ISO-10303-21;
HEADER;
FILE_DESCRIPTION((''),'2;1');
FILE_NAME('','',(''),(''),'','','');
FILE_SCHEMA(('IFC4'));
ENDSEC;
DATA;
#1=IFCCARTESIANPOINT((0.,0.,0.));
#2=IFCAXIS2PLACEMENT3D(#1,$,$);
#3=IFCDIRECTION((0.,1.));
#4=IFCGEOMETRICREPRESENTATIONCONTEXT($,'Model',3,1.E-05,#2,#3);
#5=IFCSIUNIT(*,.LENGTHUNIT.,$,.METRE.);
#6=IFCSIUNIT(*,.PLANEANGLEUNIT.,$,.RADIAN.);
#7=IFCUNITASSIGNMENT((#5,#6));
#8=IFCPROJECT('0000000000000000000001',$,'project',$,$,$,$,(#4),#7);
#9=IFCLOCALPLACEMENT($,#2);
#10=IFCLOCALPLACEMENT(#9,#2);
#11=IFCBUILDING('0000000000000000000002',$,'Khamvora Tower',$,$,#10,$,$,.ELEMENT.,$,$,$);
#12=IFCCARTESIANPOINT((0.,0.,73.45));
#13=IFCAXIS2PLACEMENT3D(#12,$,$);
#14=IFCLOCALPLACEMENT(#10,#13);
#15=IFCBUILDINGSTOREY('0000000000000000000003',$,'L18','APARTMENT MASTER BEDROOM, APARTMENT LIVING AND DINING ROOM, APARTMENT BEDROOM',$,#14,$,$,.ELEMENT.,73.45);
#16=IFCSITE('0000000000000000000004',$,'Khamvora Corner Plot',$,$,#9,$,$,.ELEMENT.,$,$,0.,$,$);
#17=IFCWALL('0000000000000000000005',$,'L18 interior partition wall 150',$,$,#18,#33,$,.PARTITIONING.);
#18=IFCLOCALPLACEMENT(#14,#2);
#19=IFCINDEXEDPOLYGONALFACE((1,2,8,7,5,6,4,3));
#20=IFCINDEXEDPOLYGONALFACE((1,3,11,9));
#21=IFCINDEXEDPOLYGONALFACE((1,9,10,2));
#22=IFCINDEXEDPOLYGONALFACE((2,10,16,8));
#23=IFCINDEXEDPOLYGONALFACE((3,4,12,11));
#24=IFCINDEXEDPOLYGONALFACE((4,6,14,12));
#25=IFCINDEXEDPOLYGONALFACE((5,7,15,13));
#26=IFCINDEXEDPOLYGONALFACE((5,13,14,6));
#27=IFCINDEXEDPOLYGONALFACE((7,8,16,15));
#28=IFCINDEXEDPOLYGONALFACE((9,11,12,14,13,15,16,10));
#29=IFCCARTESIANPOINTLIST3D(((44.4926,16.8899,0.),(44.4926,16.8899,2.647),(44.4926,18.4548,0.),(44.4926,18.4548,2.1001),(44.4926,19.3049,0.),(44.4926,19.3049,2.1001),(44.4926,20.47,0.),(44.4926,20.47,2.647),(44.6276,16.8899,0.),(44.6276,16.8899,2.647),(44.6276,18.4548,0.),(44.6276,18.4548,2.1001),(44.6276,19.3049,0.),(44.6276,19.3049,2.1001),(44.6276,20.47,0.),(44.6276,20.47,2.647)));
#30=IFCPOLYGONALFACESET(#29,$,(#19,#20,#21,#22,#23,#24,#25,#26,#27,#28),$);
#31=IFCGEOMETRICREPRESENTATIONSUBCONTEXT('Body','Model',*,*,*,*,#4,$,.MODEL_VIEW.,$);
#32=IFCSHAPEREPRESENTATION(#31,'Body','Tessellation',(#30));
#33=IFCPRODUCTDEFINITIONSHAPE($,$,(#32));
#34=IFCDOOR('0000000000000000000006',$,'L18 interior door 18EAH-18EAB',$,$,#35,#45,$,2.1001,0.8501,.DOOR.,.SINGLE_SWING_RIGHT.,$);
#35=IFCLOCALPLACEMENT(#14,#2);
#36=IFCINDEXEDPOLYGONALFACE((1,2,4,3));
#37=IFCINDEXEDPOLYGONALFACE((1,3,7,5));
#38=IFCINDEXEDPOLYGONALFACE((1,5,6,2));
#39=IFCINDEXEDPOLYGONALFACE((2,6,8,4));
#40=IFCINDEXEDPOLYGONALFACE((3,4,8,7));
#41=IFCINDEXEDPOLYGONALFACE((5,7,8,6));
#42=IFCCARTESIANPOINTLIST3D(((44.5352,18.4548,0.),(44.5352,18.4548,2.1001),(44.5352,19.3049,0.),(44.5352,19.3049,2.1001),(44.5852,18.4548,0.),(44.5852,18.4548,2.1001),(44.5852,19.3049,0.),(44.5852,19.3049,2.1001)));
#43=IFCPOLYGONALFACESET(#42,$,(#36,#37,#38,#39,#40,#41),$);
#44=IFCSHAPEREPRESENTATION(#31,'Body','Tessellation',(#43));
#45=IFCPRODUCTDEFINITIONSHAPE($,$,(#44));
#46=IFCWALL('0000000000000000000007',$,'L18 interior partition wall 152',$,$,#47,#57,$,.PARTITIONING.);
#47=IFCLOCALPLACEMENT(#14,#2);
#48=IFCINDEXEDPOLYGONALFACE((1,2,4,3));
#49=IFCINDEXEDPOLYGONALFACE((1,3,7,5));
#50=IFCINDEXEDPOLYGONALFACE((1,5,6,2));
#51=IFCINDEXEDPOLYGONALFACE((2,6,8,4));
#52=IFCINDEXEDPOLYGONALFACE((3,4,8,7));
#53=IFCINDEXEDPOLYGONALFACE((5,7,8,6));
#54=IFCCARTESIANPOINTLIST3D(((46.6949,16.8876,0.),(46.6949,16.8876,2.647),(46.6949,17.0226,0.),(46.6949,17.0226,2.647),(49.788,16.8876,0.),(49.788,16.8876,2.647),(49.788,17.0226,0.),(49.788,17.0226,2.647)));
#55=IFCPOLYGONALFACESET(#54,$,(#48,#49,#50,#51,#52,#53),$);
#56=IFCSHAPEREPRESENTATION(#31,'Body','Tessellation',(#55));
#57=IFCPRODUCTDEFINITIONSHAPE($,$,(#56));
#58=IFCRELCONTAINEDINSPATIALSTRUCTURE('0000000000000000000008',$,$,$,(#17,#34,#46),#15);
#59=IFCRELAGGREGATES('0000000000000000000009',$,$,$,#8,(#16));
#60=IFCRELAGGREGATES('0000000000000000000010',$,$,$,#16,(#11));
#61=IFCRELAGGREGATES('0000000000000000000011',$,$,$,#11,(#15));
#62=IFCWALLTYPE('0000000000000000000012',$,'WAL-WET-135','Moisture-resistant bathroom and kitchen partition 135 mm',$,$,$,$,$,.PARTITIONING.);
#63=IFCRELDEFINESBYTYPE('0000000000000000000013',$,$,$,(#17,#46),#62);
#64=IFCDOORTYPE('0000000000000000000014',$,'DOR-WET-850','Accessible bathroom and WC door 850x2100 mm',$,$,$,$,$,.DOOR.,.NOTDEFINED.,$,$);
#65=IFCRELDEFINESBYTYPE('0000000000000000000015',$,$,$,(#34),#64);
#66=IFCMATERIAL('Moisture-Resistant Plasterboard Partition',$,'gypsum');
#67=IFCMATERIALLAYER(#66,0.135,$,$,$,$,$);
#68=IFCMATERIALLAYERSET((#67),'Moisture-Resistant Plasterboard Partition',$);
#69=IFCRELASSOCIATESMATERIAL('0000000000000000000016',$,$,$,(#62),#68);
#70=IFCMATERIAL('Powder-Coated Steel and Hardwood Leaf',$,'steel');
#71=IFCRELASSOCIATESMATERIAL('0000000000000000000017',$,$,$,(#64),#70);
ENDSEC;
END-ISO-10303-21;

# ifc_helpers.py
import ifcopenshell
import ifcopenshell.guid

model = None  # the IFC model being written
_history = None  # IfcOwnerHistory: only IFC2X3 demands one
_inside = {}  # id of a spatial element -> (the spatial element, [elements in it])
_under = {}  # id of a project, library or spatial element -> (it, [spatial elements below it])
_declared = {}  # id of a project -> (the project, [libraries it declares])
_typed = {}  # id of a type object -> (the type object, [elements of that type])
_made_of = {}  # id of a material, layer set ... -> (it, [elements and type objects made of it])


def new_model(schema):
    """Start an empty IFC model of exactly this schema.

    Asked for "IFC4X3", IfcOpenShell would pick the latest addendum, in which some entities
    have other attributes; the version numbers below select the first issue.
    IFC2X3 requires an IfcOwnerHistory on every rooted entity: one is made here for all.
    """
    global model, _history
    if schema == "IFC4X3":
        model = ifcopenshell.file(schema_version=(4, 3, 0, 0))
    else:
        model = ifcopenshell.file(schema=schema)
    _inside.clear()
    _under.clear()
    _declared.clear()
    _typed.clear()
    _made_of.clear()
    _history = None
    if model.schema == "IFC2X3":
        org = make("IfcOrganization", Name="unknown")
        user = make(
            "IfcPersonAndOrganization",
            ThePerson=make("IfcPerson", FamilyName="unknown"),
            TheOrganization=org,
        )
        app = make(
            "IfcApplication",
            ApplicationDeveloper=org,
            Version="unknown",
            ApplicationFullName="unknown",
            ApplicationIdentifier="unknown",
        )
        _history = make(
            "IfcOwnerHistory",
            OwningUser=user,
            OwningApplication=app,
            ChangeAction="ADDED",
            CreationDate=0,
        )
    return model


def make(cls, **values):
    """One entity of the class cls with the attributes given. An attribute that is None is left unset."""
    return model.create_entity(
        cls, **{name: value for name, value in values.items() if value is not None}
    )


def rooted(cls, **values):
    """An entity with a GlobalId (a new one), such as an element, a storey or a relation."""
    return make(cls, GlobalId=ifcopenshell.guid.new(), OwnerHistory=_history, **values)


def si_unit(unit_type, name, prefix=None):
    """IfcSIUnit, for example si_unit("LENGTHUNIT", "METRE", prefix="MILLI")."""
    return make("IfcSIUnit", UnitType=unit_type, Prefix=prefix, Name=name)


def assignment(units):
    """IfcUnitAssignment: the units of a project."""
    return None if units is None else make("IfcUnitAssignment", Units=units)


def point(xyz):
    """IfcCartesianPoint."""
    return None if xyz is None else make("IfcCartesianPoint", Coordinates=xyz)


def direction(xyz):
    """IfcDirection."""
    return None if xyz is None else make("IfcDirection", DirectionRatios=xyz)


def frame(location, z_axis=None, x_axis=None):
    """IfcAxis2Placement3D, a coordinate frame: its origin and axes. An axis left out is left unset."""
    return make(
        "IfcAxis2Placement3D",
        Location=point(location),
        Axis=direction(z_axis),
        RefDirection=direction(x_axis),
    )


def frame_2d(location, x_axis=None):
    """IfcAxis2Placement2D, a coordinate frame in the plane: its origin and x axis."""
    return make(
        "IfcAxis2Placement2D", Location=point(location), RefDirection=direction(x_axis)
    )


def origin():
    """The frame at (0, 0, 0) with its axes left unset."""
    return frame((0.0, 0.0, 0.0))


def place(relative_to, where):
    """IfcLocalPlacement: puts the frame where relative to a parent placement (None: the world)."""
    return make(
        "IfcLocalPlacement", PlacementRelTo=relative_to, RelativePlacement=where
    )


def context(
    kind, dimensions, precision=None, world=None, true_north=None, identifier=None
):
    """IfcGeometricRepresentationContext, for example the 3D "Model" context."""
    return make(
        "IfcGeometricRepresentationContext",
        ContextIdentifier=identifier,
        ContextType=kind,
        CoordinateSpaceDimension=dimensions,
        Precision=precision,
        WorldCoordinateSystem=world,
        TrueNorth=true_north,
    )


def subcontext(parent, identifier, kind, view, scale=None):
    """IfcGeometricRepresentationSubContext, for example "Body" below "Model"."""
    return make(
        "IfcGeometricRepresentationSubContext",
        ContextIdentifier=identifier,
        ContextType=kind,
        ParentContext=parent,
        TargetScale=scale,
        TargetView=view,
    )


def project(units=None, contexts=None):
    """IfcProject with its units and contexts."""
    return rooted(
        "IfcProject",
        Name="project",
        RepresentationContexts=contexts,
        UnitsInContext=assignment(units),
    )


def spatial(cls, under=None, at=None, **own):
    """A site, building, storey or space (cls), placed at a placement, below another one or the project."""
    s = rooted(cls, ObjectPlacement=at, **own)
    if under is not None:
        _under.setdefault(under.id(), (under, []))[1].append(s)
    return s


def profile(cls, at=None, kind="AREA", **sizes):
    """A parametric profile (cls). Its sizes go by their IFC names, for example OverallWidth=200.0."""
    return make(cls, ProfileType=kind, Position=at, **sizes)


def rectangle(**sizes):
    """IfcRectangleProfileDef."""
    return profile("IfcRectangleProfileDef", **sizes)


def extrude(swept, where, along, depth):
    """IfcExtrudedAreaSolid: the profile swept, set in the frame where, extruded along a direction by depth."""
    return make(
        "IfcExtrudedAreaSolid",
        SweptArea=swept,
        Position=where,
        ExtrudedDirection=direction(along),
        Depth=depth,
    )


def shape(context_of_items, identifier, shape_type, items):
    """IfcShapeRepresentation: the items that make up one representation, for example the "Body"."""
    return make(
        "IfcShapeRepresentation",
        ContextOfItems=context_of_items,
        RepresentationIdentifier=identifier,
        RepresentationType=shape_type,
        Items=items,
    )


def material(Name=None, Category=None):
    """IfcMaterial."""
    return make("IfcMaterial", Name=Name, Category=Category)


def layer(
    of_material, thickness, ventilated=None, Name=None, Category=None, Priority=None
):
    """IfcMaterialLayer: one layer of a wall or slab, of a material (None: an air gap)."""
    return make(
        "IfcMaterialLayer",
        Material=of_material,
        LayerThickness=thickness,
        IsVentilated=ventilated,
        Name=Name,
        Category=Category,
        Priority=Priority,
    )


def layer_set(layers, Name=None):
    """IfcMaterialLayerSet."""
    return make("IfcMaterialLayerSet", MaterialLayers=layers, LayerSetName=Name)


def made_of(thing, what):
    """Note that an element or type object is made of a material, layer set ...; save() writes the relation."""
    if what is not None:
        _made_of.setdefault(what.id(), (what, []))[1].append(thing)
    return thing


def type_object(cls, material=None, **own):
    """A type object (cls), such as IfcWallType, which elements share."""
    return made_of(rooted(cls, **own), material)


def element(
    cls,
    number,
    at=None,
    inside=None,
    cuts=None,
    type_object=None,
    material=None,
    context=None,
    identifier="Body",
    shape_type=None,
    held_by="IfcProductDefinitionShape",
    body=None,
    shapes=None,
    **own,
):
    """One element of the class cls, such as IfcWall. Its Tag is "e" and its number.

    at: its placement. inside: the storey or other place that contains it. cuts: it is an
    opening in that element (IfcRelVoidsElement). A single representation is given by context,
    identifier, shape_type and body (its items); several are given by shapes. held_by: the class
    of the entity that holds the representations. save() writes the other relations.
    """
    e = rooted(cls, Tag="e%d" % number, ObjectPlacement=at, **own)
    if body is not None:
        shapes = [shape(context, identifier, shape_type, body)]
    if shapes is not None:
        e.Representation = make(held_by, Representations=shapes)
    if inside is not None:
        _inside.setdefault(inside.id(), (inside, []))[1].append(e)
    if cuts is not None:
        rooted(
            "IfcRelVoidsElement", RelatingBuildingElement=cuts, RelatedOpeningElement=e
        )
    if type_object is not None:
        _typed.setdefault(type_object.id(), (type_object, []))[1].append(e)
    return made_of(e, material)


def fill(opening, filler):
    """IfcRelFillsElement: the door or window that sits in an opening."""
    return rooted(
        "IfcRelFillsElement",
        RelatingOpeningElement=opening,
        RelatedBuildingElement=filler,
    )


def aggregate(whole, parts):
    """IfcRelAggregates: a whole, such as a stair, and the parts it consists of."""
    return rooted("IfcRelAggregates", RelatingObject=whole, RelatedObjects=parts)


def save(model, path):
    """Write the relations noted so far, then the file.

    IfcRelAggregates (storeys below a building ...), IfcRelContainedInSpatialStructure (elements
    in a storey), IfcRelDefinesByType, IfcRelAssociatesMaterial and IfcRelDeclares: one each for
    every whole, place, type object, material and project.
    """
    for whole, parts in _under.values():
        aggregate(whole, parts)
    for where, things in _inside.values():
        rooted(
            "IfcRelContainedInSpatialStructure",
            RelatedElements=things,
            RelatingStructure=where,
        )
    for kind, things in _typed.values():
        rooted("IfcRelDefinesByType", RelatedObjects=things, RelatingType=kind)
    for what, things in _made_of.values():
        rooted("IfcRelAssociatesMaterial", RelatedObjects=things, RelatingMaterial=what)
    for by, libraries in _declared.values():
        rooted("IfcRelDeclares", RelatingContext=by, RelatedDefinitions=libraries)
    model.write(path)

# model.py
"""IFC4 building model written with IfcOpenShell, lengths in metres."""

from ifc_helpers import new_model, si_unit, direction, frame, frame_2d, origin, place, context, subcontext, project, spatial, rectangle, extrude, material, layer, layer_set, type_object, element, fill, save


model = new_model("IFC4")

# Units and contexts
model_context = context("Model", 3, precision=1e-05, world=origin(), true_north=direction((0.0, 1.0)))
body_context = subcontext(model_context, "Body", "Model", "MODEL_VIEW")
ifc_project = project(units=[si_unit("LENGTHUNIT", "METRE"), si_unit("PLANEANGLEUNIT", "RADIAN")], contexts=[model_context])

# Site, building, storey
site_placement = place(None, origin())
site = spatial("IfcSite", under=ifc_project, at=site_placement, Name="Khamvora Corner Plot", CompositionType="ELEMENT", RefElevation=0.0)
building_placement = place(site_placement, origin())
building = spatial("IfcBuilding", under=site, at=building_placement, Name="Khamvora Tower", CompositionType="ELEMENT")
storey_placement = place(building_placement, frame((0.0, 0.0, 73.45)))
storey = spatial("IfcBuildingStorey", under=building, at=storey_placement, Name="L18", Description="APARTMENT MASTER BEDROOM, APARTMENT LIVING AND DINING ROOM, APARTMENT BEDROOM", CompositionType="ELEMENT", Elevation=73.45)

# Wall, opening, door
ifc_material_1 = material(Name="Powder-Coated Steel and Hardwood Leaf", Category="steel")
ifc_material_2 = material(Name="Moisture-Resistant Plasterboard Partition", Category="gypsum")
ifc_layer_1 = layer(ifc_material_2, 0.135)
ifc_layer_set_1 = layer_set([ifc_layer_1], Name="Moisture-Resistant Plasterboard Partition")
wall_type_1 = type_object("IfcWallType", Name="WAL-WET-135", Description="Moisture-resistant bathroom and kitchen partition 135 mm", PredefinedType="PARTITIONING", material=ifc_layer_set_1)
wall_1_placement = place(storey_placement, frame((44.5601, 16.8899, 0.0), z_axis=(0.0, 0.0, 1.0), x_axis=(0.0, 1.0, 0.0)))
wall_1 = element("IfcWall", 1, at=wall_1_placement, inside=storey, type_object=wall_type_1, Name="L18 interior partition wall 150", PredefinedType="PARTITIONING", context=body_context, shape_type="SweptSolid", body=[
    extrude(rectangle(XDim=3.5801, YDim=0.135, at=frame_2d((1.79, 0.0))), origin(), (0.0, 0.0, 1.0), 2.647),
])
opening_1_placement = place(wall_1_placement, frame((1.5649, 0.0, 0.0)))
opening_1 = element("IfcOpeningElement", 2, at=opening_1_placement, cuts=wall_1, PredefinedType="OPENING", context=body_context, shape_type="SweptSolid", body=[
    extrude(rectangle(XDim=0.8501, YDim=2.1001, at=frame_2d((0.425, 1.05))), frame((0.0, 0.0774, 0.0), z_axis=(0.0, -1.0, 0.0), x_axis=(1.0, 0.0, 0.0)), (0.0, 0.0, 1.0), 0.155),
])
door_type_1 = type_object("IfcDoorType", Name="DOR-WET-850", Description="Accessible bathroom and WC door 850x2100 mm", OperationType="NOTDEFINED", PredefinedType="DOOR", material=ifc_material_1)
door_1_placement = place(opening_1_placement, origin())
door_1 = element("IfcDoor", 3, at=door_1_placement, inside=storey, type_object=door_type_1, Name="L18 interior door 18EAH-18EAB", OperationType="SINGLE_SWING_RIGHT", OverallHeight=2.1001, OverallWidth=0.8501, PredefinedType="DOOR", context=body_context, shape_type="SweptSolid", body=[
    extrude(rectangle(XDim=0.8501, YDim=2.1001, at=frame_2d((0.425, 1.05))), frame((0.0, 0.0249, 0.0), z_axis=(0.0, -1.0, 0.0), x_axis=(1.0, 0.0, 0.0)), (0.0, 0.0, 1.0), 0.05),
])
fill(opening_1, door_1)

# Wall
wall_2_placement = place(storey_placement, frame((46.6951, 16.9551, 0.0), z_axis=(0.0, 0.0, 1.0), x_axis=(1.0, 0.0, 0.0)))
element("IfcWall", 4, at=wall_2_placement, inside=storey, type_object=wall_type_1, Name="L18 interior partition wall 152", PredefinedType="PARTITIONING", context=body_context, shape_type="SweptSolid", body=[
    extrude(rectangle(XDim=3.093, YDim=0.135, at=frame_2d((1.5464, 0.0))), origin(), (0.0, 0.0, 1.0), 2.647),
])

save(model, "model.ifc")
